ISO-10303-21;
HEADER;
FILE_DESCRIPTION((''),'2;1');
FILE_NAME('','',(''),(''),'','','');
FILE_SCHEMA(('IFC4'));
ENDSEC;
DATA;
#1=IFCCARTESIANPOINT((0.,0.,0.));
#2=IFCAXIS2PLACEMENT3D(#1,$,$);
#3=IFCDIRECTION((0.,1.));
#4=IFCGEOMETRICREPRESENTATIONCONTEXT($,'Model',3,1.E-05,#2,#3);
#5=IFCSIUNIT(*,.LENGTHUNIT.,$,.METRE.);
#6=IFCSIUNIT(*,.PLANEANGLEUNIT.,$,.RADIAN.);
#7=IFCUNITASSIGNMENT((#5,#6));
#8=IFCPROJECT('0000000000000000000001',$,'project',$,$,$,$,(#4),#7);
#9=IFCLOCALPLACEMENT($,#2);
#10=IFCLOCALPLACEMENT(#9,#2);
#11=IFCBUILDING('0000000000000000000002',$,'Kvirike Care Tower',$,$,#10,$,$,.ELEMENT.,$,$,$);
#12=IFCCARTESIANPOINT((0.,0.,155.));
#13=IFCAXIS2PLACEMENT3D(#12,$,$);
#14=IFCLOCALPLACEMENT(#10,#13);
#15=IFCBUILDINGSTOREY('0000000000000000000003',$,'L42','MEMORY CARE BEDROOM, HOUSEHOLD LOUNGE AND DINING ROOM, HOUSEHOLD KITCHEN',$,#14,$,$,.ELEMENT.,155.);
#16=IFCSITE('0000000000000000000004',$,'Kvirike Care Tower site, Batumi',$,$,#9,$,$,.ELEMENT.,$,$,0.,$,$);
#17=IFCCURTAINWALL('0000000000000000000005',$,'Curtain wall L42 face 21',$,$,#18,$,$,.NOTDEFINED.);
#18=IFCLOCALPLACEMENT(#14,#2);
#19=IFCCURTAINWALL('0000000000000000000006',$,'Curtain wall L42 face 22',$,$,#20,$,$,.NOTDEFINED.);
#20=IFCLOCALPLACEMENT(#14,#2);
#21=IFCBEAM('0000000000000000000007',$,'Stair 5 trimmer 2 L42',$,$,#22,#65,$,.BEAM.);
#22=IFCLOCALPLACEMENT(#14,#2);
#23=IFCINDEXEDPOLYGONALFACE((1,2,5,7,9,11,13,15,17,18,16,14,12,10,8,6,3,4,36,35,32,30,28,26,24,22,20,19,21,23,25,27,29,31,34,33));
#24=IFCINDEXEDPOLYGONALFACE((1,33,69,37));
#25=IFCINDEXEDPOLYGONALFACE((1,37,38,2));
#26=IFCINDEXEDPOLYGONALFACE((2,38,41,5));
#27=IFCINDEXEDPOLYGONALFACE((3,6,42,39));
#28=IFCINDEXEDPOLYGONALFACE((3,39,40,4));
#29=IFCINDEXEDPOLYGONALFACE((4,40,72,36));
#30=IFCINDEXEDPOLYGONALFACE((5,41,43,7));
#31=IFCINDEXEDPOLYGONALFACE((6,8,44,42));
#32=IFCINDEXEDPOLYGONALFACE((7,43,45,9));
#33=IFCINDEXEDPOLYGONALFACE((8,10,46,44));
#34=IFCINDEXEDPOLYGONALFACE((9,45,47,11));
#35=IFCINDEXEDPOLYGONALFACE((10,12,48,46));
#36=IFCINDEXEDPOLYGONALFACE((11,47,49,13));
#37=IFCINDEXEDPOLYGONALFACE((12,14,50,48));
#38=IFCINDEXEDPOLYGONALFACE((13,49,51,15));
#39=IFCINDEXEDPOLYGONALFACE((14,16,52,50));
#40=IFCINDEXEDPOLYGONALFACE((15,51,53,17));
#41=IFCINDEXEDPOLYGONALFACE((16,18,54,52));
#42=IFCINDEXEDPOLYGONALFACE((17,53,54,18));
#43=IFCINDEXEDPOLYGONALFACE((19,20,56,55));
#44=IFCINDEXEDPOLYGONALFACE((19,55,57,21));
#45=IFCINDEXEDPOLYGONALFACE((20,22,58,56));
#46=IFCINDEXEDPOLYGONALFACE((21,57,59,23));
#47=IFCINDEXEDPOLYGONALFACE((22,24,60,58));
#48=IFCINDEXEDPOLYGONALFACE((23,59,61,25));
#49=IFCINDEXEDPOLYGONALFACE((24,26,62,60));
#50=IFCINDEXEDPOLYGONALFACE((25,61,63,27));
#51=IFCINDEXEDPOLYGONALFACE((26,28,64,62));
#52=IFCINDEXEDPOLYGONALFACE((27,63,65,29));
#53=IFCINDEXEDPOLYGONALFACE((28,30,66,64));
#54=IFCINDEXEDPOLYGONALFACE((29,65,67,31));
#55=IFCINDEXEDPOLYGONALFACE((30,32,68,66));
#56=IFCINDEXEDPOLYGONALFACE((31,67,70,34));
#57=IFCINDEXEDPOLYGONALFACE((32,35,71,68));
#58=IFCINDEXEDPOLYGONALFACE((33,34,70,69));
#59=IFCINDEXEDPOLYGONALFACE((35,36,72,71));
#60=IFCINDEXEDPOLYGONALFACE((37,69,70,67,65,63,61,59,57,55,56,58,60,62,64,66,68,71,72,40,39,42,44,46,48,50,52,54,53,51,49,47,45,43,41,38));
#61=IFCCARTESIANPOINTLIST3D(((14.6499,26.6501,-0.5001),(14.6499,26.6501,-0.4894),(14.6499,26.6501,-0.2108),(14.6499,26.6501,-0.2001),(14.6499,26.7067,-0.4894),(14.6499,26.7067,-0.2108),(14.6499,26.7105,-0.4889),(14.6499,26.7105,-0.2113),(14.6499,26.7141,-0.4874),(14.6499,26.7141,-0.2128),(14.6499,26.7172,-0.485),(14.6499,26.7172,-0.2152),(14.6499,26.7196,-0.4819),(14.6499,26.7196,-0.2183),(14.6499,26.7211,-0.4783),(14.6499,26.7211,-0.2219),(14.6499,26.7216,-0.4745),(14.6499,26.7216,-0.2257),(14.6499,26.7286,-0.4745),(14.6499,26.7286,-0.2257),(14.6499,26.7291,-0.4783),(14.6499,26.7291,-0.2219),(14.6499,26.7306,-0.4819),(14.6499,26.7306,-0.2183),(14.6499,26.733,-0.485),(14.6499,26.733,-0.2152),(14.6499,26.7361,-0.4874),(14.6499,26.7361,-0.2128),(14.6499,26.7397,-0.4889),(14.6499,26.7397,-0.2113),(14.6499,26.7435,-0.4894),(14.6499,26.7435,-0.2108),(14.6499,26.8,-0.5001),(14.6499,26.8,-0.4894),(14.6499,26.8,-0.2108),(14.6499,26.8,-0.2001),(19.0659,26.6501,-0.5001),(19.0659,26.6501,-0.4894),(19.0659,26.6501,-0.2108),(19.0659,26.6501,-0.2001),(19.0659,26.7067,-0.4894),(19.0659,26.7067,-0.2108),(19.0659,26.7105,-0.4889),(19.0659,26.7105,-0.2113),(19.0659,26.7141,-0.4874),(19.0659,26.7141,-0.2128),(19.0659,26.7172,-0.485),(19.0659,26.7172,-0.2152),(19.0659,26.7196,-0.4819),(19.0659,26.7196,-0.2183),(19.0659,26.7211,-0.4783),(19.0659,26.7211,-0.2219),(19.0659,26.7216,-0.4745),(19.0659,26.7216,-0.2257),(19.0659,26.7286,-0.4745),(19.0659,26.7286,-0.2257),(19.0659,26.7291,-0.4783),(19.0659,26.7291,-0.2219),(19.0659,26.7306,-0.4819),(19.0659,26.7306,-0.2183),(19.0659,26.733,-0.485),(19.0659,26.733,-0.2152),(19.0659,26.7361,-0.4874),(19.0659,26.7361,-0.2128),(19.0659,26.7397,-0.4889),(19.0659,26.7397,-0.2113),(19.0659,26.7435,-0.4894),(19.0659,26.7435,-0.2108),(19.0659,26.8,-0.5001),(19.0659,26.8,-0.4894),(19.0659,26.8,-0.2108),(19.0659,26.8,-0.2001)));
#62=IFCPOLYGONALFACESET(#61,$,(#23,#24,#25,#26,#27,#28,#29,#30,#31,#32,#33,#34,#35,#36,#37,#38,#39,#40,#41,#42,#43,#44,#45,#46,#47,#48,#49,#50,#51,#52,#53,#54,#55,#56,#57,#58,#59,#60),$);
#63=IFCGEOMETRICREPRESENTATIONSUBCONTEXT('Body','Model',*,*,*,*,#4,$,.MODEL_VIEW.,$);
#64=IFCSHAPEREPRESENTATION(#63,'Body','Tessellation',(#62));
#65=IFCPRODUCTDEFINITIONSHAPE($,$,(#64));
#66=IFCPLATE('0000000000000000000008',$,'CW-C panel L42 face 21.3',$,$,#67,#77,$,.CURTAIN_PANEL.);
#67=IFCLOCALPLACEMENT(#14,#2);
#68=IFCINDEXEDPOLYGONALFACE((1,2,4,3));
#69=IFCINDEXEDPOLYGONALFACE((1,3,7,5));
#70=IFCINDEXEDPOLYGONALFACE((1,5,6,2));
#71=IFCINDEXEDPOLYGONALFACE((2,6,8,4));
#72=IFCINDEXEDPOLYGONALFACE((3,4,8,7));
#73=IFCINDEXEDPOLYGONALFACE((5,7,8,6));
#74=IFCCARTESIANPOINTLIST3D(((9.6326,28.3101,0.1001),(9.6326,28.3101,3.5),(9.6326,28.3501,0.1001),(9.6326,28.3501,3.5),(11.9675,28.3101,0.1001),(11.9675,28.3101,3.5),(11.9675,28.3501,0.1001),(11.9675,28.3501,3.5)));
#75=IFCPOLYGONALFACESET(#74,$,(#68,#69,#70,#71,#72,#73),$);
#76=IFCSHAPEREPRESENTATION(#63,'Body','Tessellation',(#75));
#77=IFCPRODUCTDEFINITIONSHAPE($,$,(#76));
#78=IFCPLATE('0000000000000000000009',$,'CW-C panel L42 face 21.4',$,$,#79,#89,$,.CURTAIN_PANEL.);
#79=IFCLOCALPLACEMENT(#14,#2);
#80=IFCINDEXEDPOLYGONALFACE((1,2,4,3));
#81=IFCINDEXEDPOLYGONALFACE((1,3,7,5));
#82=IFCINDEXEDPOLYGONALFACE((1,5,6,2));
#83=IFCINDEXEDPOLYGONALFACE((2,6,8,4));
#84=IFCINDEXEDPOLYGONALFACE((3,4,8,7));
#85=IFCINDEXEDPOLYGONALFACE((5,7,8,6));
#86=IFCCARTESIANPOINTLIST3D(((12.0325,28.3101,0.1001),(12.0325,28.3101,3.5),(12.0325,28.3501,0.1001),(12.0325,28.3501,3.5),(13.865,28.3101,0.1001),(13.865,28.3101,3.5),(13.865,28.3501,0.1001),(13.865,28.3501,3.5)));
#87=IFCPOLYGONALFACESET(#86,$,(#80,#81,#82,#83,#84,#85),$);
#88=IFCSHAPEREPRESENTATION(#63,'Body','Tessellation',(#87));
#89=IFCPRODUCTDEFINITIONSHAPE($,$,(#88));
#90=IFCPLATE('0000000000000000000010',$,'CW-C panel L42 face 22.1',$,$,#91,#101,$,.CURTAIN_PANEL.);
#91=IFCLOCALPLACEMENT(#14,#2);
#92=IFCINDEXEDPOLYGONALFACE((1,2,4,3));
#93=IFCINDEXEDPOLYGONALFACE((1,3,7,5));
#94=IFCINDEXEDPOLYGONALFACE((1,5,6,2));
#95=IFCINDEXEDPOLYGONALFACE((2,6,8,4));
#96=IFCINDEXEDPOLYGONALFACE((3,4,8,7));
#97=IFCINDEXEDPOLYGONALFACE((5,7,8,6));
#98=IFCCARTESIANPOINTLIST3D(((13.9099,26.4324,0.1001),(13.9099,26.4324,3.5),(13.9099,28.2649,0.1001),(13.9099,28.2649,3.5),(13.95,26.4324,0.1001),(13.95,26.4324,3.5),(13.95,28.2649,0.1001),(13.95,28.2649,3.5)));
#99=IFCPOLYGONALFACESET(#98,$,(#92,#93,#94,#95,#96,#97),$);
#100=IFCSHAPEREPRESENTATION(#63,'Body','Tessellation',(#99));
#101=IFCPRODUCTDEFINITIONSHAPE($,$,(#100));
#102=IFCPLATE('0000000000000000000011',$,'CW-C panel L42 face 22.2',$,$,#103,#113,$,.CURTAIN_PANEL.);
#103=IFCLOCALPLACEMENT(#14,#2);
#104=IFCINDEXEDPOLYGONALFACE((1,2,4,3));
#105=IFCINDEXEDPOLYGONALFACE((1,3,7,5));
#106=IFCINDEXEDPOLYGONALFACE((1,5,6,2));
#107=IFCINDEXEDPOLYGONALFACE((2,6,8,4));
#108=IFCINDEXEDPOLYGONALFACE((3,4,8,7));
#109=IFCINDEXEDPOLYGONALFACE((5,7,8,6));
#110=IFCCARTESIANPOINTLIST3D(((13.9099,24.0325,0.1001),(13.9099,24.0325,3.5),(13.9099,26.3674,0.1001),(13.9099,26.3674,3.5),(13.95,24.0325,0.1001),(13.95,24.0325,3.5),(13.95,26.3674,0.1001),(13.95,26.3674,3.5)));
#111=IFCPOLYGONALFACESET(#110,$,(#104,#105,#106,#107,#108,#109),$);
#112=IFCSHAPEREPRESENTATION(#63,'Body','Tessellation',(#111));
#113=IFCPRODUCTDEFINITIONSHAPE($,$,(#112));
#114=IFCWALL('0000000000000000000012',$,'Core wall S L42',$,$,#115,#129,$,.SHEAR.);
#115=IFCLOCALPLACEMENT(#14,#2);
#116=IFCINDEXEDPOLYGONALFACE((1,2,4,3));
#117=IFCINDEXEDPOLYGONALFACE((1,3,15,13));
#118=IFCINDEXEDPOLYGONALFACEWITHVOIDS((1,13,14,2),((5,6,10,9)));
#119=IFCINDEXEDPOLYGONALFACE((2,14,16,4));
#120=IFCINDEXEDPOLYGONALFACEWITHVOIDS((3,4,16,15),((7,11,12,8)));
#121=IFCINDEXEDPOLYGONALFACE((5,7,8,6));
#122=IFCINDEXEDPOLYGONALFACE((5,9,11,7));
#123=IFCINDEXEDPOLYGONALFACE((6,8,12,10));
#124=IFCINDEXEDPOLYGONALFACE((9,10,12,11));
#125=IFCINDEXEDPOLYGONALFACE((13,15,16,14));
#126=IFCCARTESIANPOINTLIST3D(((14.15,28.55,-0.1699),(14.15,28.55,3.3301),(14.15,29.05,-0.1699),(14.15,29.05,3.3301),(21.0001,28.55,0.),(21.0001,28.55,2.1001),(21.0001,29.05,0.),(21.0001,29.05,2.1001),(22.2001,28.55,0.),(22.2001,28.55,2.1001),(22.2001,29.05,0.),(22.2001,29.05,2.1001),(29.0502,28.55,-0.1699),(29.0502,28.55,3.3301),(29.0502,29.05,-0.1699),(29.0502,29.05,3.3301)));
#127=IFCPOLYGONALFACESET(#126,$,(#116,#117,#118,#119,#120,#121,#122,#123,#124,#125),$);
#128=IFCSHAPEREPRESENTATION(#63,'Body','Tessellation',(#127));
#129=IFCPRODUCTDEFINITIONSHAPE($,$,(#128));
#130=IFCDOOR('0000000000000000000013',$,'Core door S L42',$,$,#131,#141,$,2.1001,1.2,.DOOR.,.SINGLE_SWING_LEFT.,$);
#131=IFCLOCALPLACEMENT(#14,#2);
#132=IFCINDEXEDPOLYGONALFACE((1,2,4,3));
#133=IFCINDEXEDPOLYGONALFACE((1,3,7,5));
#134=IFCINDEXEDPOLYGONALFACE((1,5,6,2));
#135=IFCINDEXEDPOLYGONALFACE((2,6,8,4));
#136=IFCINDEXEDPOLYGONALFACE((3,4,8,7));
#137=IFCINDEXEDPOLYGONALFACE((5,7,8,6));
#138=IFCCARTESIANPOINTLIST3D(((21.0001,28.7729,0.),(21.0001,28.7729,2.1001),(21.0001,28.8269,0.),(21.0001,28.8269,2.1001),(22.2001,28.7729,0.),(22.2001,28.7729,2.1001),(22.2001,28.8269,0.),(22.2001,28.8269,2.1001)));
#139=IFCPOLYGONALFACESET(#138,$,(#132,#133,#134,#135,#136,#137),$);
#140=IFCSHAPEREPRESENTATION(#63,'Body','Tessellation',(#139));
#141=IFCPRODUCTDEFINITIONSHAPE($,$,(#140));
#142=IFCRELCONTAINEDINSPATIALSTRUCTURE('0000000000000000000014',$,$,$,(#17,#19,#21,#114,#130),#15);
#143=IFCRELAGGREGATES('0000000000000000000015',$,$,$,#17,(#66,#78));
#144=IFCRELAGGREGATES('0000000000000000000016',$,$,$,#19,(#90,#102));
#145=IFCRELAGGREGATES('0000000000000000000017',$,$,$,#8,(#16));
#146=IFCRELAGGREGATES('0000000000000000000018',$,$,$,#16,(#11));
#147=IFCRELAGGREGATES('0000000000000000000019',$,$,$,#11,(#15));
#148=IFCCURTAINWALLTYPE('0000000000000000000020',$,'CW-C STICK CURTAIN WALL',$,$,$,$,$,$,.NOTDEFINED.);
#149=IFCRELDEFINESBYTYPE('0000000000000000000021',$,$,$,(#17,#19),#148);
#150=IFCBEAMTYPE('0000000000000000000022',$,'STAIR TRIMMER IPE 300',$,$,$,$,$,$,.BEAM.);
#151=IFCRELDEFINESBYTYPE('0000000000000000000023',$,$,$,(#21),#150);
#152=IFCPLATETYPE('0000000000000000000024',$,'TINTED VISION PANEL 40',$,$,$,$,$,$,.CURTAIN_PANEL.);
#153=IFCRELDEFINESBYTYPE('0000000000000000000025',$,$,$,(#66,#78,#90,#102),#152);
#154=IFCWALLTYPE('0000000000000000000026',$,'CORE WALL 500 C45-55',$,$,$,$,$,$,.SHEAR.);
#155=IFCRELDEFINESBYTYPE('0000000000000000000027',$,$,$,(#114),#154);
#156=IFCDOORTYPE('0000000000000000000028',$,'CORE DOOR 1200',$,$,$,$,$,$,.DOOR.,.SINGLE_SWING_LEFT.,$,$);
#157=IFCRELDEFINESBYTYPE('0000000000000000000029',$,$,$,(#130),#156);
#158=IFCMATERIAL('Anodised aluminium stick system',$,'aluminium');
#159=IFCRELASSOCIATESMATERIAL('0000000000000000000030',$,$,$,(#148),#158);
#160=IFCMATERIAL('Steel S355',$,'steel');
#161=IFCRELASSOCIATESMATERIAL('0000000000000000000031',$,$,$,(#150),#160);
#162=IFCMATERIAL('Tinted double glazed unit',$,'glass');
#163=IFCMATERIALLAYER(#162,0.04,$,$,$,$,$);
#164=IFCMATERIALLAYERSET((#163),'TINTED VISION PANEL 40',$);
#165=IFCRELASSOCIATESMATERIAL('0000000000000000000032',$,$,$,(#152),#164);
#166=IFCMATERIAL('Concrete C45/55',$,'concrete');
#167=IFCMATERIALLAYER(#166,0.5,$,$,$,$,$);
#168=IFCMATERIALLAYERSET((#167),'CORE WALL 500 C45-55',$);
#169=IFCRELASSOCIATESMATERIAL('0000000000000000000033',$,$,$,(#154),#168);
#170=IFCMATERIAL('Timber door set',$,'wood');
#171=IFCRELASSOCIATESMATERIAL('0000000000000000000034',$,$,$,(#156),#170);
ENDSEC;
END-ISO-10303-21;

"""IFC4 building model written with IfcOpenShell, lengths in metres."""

from ifc_helpers import new_model, si_unit, direction, frame, frame_2d, origin, origin_2d, place, context, subcontext, project, spatial, rectangle, i_section, extrude, material, layer, layer_set, material_profile, profile_set, type_object, element, fill, aggregate, save


model = new_model("IFC4")

# Units and contexts
model_context = context("Model", 3, precision=1e-05, world=origin(), true_north=direction((0.0, 1.0)))
body_context = subcontext(model_context, "Body", "Model", "MODEL_VIEW")
ifc_project = project(units=[si_unit("LENGTHUNIT", "METRE"), si_unit("PLANEANGLEUNIT", "RADIAN")], contexts=[model_context])

# Site, building, storey
site_placement = place(None, origin())
site = spatial("IfcSite", under=ifc_project, at=site_placement, Name="Kvirike Care Tower site, Batumi", CompositionType="ELEMENT", RefElevation=0.0)
building_placement = place(site_placement, origin())
building = spatial("IfcBuilding", under=site, at=building_placement, Name="Kvirike Care Tower", CompositionType="ELEMENT")
storey_placement = place(building_placement, frame((0.0, 0.0, 155.0)))
storey = spatial("IfcBuildingStorey", under=building, at=storey_placement, Name="L42", Description="MEMORY CARE BEDROOM, HOUSEHOLD LOUNGE AND DINING ROOM, HOUSEHOLD KITCHEN", CompositionType="ELEMENT", Elevation=155.0)

# Curtain walls
ifc_material_1 = material(Name="Anodised aluminium stick system", Category="aluminium")
curtain_wall_type = type_object("IfcCurtainWallType", Name="CW-C STICK CURTAIN WALL", PredefinedType="NOTDEFINED", material=ifc_material_1)
curtain_wall_1_placement = place(storey_placement, origin())
curtain_wall_1 = element("IfcCurtainWall", 1, at=curtain_wall_1_placement, inside=storey, type_object=curtain_wall_type, Name="Curtain wall L42 face 21", PredefinedType="NOTDEFINED")
curtain_wall_2_placement = place(storey_placement, origin())
curtain_wall_2 = element("IfcCurtainWall", 2, at=curtain_wall_2_placement, inside=storey, type_object=curtain_wall_type, Name="Curtain wall L42 face 22", PredefinedType="NOTDEFINED")

# Beam
ifc_material_2 = material(Name="Steel S355", Category="steel")
ifc_material_profile_1 = material_profile(ifc_material_2, i_section(OverallWidth=0.1499, OverallDepth=0.3, WebThickness=0.0071, FlangeThickness=0.0107, FilletRadius=0.0149, at=origin_2d()), Name="IPE 300")
ifc_profile_set_1 = profile_set([ifc_material_profile_1], Name="Steel S355")
beam_type_1 = type_object("IfcBeamType", Name="STAIR TRIMMER IPE 300", PredefinedType="BEAM", material=ifc_profile_set_1)
for number, where, z_axis, x_axis, name in (
    (3, (14.6499, 26.7251, -0.3501), (1.0, 0.0, 0.0), (0.0, 1.0, 0.0), "Stair 5 trimmer 2 L42"),
):
    element("IfcBeam", number, at=place(storey_placement, frame(where, z_axis=z_axis, x_axis=x_axis)), inside=storey, type_object=beam_type_1, Name=name, PredefinedType="BEAM", context=body_context, shape_type="SweptSolid", body=[
        extrude(i_section(OverallWidth=0.1499, OverallDepth=0.3, WebThickness=0.0071, FlangeThickness=0.0107, FilletRadius=0.0149, at=origin_2d()), origin(), (0.0, 0.0, 1.0), 4.416),
    ])

# Plates
ifc_material_3 = material(Name="Tinted double glazed unit", Category="glass")
ifc_layer_1 = layer(ifc_material_3, 0.04)
ifc_layer_set_1 = layer_set([ifc_layer_1], Name="TINTED VISION PANEL 40")
plate_type = type_object("IfcPlateType", Name="TINTED VISION PANEL 40", PredefinedType="CURTAIN_PANEL", material=ifc_layer_set_1)
plate_1_placement = place(storey_placement, frame((10.8, 28.3301, 0.1001), z_axis=(0.0, 0.0, 1.0), x_axis=(1.0, 0.0, 0.0)))
plate_1 = element("IfcPlate", 4, at=plate_1_placement, type_object=plate_type, Name="CW-C panel L42 face 21.3", PredefinedType="CURTAIN_PANEL", context=body_context, shape_type="SweptSolid", body=[
    extrude(rectangle(XDim=2.335, YDim=0.04, at=origin_2d()), origin(), (0.0, 0.0, 1.0), 3.3999),
])
plate_2_placement = place(storey_placement, frame((12.9487, 28.3301, 0.1001), z_axis=(0.0, 0.0, 1.0), x_axis=(1.0, 0.0, 0.0)))
plate_2 = element("IfcPlate", 5, at=plate_2_placement, type_object=plate_type, Name="CW-C panel L42 face 21.4", PredefinedType="CURTAIN_PANEL", context=body_context, shape_type="SweptSolid", body=[
    extrude(rectangle(XDim=1.8325, YDim=0.04, at=origin_2d()), origin(), (0.0, 0.0, 1.0), 3.3999),
])
aggregate(curtain_wall_1, [plate_1, plate_2])
plate_3_placement = place(storey_placement, frame((13.9299, 27.3486, 0.1001), z_axis=(0.0, 0.0, 1.0), x_axis=(0.0, -1.0, 0.0)))
plate_3 = element("IfcPlate", 6, at=plate_3_placement, type_object=plate_type, Name="CW-C panel L42 face 22.1", PredefinedType="CURTAIN_PANEL", context=body_context, shape_type="SweptSolid", body=[
    extrude(rectangle(XDim=1.8325, YDim=0.04, at=origin_2d()), origin(), (0.0, 0.0, 1.0), 3.3999),
])
plate_4_placement = place(storey_placement, frame((13.9299, 25.2, 0.1001), z_axis=(0.0, 0.0, 1.0), x_axis=(0.0, -1.0, 0.0)))
plate_4 = element("IfcPlate", 7, at=plate_4_placement, type_object=plate_type, Name="CW-C panel L42 face 22.2", PredefinedType="CURTAIN_PANEL", context=body_context, shape_type="SweptSolid", body=[
    extrude(rectangle(XDim=2.335, YDim=0.04, at=origin_2d()), origin(), (0.0, 0.0, 1.0), 3.3999),
])
aggregate(curtain_wall_2, [plate_3, plate_4])

# Wall, opening, door
ifc_material_4 = material(Name="Concrete C45/55", Category="concrete")
ifc_layer_2 = layer(ifc_material_4, 0.5)
ifc_layer_set_2 = layer_set([ifc_layer_2], Name="CORE WALL 500 C45-55")
wall_type_1 = type_object("IfcWallType", Name="CORE WALL 500 C45-55", PredefinedType="SHEAR", material=ifc_layer_set_2)
wall_1_placement = place(storey_placement, frame((14.1499, 28.8, -0.1699), z_axis=(0.0, 0.0, 1.0), x_axis=(1.0, 0.0, 0.0)))
wall_1 = element("IfcWall", 8, at=wall_1_placement, inside=storey, type_object=wall_type_1, Name="Core wall S L42", PredefinedType="SHEAR", context=body_context, shape_type="SweptSolid", body=[
    extrude(rectangle(XDim=14.9001, YDim=0.5, at=frame_2d((7.4502, 0.0))), origin(), (0.0, 0.0, 1.0), 3.5),
])
opening_1_placement = place(wall_1_placement, frame((6.8501, 0.0, 0.1699)))
opening_1 = element("IfcOpeningElement", 9, at=opening_1_placement, cuts=wall_1, PredefinedType="OPENING", context=body_context, shape_type="SweptSolid", body=[
    extrude(rectangle(XDim=1.2, YDim=2.1001, at=frame_2d((0.6001, 1.05))), frame((0.0, 0.2605, 0.0), z_axis=(0.0, -1.0, 0.0), x_axis=(1.0, 0.0, 0.0)), (0.0, 0.0, 1.0), 0.521),
])
ifc_material_5 = material(Name="Timber door set", Category="wood")
door_type_1 = type_object("IfcDoorType", Name="CORE DOOR 1200", OperationType="SINGLE_SWING_LEFT", PredefinedType="DOOR", material=ifc_material_5)
door_1_placement = place(opening_1_placement, origin())
door_1 = element("IfcDoor", 10, at=door_1_placement, inside=storey, type_object=door_type_1, Name="Core door S L42", OperationType="SINGLE_SWING_LEFT", OverallHeight=2.1001, OverallWidth=1.2, PredefinedType="DOOR", context=body_context, shape_type="SweptSolid", body=[
    extrude(rectangle(XDim=1.2, YDim=2.1001, at=frame_2d((0.6001, 1.05))), frame((0.0, 0.0269, 0.0), z_axis=(0.0, -1.0, 0.0), x_axis=(1.0, 0.0, 0.0)), (0.0, 0.0, 1.0), 0.054),
])
fill(opening_1, door_1)

save(model, "model.ifc")
